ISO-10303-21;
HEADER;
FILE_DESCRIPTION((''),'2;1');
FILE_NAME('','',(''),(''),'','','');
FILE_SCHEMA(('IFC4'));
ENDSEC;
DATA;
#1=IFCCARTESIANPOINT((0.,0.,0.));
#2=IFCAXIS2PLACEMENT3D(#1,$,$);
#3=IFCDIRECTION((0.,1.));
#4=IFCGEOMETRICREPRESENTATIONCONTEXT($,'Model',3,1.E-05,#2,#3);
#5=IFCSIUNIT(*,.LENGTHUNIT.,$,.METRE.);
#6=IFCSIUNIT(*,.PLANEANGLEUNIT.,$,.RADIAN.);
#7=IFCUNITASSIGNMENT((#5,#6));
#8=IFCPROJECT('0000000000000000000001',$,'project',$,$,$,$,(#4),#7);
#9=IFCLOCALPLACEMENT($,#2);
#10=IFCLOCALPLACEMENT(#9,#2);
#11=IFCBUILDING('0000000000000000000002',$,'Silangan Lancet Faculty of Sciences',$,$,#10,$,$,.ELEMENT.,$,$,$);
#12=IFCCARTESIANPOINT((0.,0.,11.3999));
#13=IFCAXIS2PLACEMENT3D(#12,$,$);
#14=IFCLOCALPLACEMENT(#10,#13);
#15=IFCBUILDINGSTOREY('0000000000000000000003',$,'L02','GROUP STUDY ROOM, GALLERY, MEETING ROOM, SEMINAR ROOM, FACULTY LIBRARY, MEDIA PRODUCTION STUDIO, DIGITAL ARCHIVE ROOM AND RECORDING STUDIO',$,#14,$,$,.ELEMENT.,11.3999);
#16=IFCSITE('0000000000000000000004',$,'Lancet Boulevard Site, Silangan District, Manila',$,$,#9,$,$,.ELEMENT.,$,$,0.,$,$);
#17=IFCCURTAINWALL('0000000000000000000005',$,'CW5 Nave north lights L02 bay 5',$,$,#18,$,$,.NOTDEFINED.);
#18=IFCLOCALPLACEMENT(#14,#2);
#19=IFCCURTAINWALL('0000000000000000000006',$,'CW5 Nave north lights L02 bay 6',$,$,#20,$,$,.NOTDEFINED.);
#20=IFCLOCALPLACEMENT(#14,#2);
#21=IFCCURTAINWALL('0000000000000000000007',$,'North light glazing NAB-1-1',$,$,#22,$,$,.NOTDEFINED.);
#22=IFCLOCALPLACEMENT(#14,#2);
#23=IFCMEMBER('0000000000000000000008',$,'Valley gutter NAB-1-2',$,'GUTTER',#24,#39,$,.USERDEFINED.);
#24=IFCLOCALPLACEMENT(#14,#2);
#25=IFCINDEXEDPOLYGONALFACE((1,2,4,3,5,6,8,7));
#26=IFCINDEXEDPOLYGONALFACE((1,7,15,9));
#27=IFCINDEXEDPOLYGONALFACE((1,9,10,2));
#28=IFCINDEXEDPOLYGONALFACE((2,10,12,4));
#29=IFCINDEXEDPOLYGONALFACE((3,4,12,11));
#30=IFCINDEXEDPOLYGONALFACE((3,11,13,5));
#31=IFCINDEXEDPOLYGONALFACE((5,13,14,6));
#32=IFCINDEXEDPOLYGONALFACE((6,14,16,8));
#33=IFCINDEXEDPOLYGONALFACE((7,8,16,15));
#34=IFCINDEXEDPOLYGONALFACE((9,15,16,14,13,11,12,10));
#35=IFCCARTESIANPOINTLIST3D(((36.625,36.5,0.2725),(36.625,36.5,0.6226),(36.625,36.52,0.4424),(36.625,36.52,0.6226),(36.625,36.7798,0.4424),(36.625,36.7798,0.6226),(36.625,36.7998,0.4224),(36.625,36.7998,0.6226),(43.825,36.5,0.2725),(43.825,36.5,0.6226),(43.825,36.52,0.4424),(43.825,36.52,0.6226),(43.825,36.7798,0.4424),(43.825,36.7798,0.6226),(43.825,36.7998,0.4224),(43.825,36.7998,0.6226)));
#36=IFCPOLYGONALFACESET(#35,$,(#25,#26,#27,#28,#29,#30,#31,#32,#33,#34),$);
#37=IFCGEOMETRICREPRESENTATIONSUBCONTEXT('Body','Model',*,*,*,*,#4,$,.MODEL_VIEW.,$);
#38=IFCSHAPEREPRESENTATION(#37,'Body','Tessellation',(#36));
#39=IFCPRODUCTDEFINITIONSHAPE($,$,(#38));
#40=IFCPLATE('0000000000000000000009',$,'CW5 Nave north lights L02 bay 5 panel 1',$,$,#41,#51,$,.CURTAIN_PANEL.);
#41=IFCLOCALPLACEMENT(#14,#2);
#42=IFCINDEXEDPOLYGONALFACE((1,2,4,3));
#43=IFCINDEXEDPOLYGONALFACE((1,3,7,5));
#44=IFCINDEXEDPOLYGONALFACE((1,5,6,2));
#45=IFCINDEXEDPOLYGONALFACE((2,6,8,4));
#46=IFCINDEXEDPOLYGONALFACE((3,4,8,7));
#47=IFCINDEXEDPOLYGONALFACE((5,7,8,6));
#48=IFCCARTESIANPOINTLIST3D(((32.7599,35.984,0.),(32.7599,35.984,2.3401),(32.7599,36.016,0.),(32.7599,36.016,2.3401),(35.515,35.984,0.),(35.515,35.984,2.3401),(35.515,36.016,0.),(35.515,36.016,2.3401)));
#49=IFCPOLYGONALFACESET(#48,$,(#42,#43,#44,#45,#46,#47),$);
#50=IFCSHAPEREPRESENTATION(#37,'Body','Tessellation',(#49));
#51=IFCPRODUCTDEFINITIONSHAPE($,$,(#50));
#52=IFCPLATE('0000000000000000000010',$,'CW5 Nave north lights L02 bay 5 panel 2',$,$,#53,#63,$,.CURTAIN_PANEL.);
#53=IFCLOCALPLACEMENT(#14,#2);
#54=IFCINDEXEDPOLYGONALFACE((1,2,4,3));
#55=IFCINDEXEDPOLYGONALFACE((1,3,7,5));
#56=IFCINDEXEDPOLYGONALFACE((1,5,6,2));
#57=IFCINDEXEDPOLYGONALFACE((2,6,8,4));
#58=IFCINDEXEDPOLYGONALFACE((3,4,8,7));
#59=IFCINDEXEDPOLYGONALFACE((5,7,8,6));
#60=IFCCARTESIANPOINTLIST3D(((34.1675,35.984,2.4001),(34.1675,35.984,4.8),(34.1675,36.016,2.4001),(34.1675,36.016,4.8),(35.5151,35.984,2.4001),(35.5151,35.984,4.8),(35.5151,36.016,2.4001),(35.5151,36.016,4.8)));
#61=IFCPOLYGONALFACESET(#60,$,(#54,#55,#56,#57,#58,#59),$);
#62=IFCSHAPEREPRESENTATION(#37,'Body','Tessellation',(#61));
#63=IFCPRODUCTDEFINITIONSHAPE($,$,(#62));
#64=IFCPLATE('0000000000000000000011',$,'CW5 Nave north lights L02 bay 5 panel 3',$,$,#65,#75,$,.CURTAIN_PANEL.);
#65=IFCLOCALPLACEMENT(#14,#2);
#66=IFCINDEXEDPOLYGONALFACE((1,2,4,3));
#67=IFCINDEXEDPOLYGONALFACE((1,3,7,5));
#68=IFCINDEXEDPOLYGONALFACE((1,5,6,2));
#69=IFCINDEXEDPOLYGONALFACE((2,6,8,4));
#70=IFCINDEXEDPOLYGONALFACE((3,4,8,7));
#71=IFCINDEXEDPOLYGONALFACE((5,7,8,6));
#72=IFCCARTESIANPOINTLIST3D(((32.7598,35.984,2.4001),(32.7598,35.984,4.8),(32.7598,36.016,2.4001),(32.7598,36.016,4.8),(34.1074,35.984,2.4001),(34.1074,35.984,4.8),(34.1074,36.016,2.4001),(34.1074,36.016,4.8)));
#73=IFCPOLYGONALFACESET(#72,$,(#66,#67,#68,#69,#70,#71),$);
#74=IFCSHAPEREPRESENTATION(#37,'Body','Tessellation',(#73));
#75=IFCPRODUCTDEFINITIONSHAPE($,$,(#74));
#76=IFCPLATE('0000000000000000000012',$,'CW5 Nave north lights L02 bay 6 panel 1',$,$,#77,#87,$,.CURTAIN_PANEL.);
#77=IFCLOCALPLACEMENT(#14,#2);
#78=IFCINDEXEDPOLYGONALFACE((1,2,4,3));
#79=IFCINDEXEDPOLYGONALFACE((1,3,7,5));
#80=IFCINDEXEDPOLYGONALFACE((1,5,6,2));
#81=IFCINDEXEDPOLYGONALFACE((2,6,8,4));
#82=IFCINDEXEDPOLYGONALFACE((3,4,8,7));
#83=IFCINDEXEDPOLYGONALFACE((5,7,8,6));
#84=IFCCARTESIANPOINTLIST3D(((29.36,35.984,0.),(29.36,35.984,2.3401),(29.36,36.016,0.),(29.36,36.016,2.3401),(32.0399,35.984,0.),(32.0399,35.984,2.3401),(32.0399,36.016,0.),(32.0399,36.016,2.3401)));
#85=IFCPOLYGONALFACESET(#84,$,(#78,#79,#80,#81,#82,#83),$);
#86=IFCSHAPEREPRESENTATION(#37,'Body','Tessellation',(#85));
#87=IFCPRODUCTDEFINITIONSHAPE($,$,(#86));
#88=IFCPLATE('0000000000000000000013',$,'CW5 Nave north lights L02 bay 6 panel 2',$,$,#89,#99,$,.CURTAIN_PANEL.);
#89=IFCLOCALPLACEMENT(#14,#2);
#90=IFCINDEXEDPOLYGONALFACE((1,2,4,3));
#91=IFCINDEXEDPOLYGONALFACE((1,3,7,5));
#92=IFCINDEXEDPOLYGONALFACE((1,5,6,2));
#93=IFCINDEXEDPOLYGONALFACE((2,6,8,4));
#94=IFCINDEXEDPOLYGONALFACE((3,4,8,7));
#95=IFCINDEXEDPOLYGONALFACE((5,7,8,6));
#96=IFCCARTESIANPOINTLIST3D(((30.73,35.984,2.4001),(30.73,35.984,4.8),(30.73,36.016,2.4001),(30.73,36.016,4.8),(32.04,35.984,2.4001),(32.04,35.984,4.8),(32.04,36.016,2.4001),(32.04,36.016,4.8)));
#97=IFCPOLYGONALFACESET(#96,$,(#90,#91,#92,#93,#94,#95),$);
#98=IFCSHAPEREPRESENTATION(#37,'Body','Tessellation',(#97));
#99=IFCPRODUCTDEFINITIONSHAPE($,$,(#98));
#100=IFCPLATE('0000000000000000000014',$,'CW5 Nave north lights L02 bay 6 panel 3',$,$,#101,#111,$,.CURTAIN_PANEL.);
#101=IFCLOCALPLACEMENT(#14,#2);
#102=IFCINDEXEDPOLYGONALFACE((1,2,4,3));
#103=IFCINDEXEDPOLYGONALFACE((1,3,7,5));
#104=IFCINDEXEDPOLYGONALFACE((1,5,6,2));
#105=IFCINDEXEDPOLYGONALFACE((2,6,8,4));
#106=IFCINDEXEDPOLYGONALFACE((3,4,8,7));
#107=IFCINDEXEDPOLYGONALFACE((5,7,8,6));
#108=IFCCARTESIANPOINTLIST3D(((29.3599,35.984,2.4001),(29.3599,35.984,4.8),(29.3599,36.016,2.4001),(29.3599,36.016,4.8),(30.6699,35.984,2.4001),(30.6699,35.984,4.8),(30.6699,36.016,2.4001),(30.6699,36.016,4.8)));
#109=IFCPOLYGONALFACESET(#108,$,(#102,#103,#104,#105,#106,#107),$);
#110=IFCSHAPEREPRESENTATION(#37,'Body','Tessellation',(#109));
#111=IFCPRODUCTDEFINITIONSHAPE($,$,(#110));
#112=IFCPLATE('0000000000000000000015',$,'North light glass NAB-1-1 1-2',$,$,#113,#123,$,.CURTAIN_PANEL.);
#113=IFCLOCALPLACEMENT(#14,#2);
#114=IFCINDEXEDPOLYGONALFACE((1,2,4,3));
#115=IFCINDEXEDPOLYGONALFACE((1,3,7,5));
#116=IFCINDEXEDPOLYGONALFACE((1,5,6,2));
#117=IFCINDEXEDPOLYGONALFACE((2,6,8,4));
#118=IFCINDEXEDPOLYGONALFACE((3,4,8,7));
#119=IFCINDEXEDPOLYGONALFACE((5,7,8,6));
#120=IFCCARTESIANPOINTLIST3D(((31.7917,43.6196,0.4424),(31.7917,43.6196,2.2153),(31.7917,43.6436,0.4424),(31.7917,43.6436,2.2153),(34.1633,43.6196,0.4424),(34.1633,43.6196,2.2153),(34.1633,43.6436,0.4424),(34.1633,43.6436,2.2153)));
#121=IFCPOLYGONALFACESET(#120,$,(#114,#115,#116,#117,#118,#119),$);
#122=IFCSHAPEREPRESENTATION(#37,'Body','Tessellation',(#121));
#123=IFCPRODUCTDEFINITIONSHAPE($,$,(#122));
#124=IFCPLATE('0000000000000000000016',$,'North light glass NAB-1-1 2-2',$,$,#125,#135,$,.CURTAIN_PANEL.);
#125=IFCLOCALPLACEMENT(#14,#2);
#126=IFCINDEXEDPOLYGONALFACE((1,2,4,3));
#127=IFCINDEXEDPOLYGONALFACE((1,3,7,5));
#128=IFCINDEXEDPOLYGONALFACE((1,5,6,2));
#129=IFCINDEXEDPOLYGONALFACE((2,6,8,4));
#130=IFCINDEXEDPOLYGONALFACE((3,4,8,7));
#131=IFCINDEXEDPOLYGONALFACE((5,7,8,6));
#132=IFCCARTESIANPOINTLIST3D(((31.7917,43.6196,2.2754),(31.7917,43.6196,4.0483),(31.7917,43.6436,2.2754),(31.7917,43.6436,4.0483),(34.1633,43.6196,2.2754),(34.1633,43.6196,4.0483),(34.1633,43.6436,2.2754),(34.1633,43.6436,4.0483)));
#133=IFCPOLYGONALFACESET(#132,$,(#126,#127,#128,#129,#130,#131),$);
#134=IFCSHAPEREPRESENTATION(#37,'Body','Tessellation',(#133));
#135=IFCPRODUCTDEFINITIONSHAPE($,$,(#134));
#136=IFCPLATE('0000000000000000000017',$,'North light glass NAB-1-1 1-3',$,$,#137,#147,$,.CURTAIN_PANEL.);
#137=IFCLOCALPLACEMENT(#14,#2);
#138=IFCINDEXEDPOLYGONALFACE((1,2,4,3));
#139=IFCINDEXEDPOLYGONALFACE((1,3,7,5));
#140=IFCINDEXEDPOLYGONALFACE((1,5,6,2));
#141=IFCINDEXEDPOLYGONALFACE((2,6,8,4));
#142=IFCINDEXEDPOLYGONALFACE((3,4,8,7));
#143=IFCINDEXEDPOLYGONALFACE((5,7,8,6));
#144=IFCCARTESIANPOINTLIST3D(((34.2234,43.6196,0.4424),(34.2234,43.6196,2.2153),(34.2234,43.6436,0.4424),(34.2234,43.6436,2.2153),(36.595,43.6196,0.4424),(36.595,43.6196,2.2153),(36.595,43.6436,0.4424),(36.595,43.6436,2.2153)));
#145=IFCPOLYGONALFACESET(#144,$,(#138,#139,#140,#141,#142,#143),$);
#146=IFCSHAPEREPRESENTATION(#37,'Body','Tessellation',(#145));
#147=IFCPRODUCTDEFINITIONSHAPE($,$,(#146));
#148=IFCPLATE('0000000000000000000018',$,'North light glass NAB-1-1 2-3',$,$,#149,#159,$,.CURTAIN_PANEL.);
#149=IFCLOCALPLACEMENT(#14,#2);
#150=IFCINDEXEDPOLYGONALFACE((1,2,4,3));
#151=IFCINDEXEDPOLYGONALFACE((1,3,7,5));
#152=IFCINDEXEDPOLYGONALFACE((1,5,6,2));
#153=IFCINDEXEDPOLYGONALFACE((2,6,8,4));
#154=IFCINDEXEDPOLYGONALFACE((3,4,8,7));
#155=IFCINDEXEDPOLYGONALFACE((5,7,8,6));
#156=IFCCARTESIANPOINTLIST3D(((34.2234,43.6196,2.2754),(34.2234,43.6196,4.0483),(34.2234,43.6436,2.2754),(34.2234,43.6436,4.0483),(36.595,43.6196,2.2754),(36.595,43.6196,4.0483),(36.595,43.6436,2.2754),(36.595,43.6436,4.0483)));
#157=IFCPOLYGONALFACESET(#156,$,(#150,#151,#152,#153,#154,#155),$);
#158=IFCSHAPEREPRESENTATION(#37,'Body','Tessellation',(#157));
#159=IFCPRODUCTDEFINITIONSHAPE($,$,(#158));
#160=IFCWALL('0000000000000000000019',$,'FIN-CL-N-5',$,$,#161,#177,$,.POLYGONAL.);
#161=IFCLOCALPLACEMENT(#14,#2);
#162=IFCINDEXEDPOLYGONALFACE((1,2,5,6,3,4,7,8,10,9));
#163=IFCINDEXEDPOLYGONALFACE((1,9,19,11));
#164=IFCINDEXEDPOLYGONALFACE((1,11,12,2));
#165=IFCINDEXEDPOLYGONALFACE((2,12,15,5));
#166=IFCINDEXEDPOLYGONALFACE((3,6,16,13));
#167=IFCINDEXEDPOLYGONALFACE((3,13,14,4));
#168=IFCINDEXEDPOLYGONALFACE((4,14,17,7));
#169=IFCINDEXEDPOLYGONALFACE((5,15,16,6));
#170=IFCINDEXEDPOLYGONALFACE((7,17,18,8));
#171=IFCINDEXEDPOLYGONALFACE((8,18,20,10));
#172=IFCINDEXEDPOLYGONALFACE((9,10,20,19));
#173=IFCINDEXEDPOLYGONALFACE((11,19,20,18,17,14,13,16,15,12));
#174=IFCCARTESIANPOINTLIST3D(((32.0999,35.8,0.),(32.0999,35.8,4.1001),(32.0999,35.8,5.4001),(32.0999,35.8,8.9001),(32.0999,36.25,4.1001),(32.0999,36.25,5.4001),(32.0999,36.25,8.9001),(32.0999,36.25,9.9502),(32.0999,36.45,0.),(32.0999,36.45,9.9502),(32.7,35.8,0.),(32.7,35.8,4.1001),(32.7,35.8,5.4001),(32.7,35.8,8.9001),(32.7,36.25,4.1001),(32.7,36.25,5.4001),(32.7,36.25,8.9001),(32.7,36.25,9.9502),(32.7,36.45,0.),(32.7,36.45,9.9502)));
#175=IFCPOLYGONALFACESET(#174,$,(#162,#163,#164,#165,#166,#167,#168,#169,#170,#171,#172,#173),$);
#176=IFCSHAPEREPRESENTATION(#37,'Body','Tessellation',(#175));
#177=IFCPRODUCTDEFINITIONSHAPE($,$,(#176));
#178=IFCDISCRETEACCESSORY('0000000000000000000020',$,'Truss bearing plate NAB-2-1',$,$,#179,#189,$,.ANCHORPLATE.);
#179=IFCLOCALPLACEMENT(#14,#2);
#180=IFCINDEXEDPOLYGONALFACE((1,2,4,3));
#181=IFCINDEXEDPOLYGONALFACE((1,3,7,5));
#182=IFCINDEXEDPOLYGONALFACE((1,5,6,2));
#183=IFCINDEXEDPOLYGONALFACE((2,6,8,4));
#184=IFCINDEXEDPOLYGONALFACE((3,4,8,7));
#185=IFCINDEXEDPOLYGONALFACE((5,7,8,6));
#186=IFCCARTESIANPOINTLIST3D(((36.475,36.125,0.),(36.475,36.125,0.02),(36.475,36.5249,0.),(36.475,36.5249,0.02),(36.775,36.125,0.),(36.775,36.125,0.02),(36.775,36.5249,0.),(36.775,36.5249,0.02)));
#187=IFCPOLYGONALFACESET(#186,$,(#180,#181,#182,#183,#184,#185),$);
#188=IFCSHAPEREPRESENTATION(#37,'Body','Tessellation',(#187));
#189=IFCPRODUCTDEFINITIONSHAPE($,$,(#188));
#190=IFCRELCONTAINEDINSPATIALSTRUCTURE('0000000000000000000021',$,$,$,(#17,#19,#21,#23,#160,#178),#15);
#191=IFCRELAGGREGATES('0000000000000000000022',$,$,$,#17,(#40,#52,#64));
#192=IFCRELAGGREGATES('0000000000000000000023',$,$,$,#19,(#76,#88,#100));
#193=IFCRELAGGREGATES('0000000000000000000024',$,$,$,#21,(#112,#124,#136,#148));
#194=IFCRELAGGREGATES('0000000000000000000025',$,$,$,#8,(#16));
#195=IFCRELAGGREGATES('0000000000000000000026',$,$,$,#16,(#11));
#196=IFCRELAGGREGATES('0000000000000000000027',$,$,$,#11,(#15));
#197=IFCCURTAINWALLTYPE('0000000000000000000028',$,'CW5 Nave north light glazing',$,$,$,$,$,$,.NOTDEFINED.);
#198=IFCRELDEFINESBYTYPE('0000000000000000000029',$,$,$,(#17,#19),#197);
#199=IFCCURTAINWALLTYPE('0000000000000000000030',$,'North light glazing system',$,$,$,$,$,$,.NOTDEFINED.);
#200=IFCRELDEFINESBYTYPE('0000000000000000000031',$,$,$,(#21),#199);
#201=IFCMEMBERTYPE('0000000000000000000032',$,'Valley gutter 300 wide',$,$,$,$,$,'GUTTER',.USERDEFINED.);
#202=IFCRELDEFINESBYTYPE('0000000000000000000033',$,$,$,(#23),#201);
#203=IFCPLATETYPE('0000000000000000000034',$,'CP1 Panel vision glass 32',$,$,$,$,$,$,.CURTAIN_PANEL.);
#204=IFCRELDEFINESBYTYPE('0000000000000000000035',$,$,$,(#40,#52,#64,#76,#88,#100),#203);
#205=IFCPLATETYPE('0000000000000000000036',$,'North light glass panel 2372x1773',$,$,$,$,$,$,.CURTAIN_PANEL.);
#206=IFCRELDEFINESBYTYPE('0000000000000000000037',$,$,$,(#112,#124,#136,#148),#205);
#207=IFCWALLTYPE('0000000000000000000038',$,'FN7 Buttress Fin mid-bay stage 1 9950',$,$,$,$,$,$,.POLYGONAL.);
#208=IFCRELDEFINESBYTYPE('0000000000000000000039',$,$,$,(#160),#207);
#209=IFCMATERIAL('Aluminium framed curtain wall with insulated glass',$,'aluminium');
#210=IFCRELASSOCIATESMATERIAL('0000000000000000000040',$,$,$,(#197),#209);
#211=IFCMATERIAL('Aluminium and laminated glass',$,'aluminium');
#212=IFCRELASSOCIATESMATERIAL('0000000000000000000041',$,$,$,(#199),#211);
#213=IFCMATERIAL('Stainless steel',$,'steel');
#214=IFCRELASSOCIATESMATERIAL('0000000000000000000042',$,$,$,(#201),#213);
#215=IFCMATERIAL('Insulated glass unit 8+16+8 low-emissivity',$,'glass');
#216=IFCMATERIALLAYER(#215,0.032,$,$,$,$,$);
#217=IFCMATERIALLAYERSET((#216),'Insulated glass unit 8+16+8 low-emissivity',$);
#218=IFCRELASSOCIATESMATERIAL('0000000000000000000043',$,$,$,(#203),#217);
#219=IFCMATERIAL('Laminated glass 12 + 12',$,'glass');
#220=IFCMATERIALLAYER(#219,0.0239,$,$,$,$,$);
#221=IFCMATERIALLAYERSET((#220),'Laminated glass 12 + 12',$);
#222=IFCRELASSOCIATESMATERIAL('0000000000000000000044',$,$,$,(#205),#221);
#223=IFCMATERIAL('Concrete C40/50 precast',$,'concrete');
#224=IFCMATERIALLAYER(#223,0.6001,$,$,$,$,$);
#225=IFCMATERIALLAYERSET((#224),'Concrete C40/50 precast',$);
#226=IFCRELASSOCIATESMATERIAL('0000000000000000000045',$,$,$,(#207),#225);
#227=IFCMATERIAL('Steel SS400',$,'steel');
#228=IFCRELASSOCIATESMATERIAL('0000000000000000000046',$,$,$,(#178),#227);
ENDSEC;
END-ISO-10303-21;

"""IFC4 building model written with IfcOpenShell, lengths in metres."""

from ifc_helpers import new_model, si_unit, direction, frame, origin, origin_2d, place, context, subcontext, project, spatial, polyline, rectangle, outline, extrude, material, layer, layer_set, material_profile, profile_set, type_object, element, aggregate, save


model = new_model("IFC4")

# Units and contexts
model_context = context("Model", 3, precision=1e-05, world=origin(), true_north=direction((0.0, 1.0)))
body_context = subcontext(model_context, "Body", "Model", "MODEL_VIEW")
ifc_project = project(units=[si_unit("LENGTHUNIT", "METRE"), si_unit("PLANEANGLEUNIT", "RADIAN")], contexts=[model_context])

# Site, building, storey
site_placement = place(None, origin())
site = spatial("IfcSite", under=ifc_project, at=site_placement, Name="Lancet Boulevard Site, Silangan District, Manila", CompositionType="ELEMENT", RefElevation=0.0)
building_placement = place(site_placement, origin())
building = spatial("IfcBuilding", under=site, at=building_placement, Name="Silangan Lancet Faculty of Sciences", CompositionType="ELEMENT")
storey_placement = place(building_placement, frame((0.0, 0.0, 11.3999)))
storey = spatial("IfcBuildingStorey", under=building, at=storey_placement, Name="L02", Description="GROUP STUDY ROOM, GALLERY, MEETING ROOM, SEMINAR ROOM, FACULTY LIBRARY, MEDIA PRODUCTION STUDIO, DIGITAL ARCHIVE ROOM AND RECORDING STUDIO", CompositionType="ELEMENT", Elevation=11.3999)

# Shared definitions
ifc_material_1 = material(Name="Aluminium framed curtain wall with insulated glass", Category="aluminium")
curtain_wall_type_1 = type_object("IfcCurtainWallType", Name="CW5 Nave north light glazing", PredefinedType="NOTDEFINED", material=ifc_material_1)

# Curtain walls
curtain_wall_1_placement = place(storey_placement, origin())
curtain_wall_1 = element("IfcCurtainWall", 1, at=curtain_wall_1_placement, inside=storey, type_object=curtain_wall_type_1, Name="CW5 Nave north lights L02 bay 5", PredefinedType="NOTDEFINED")
curtain_wall_2_placement = place(storey_placement, origin())
curtain_wall_2 = element("IfcCurtainWall", 2, at=curtain_wall_2_placement, inside=storey, type_object=curtain_wall_type_1, Name="CW5 Nave north lights L02 bay 6", PredefinedType="NOTDEFINED")

# Curtain wall
ifc_material_2 = material(Name="Aluminium and laminated glass", Category="aluminium")
curtain_wall_type_2 = type_object("IfcCurtainWallType", Name="North light glazing system", PredefinedType="NOTDEFINED", material=ifc_material_2)
curtain_wall_3_placement = place(storey_placement, origin())
curtain_wall_3 = element("IfcCurtainWall", 3, at=curtain_wall_3_placement, inside=storey, type_object=curtain_wall_type_2, Name="North light glazing NAB-1-1", PredefinedType="NOTDEFINED")

# Member
ifc_material_3 = material(Name="Stainless steel", Category="steel")
ifc_material_profile_1 = material_profile(ifc_material_3, outline(polyline([(-0.1499, 0.0), (0.1499, 0.1499), (0.1499, 0.3501), (0.1299, 0.3501), (0.1299, 0.1699), (-0.1299, 0.1699), (-0.1299, 0.3501), (-0.1499, 0.3501), (-0.1499, 0.0)])), Name="valley gutter")
ifc_profile_set_1 = profile_set([ifc_material_profile_1], Name="Stainless steel")
member_type_1 = type_object("IfcMemberType", Name="Valley gutter 300 wide", ElementType="GUTTER", PredefinedType="USERDEFINED", material=ifc_profile_set_1)
member_1_placement = place(storey_placement, frame((36.625, 36.6499, 0.2725), z_axis=(1.0, 0.0, 0.0), x_axis=(0.0, 1.0, 0.0)))
element("IfcMember", 4, at=member_1_placement, inside=storey, type_object=member_type_1, Name="Valley gutter NAB-1-2", ObjectType="GUTTER", PredefinedType="USERDEFINED", context=body_context, shape_type="SweptSolid", body=[
    extrude(outline(polyline([(-0.1499, 0.0), (0.1499, 0.1499), (0.1499, 0.3501), (0.1299, 0.3501), (0.1299, 0.1699), (-0.1299, 0.1699), (-0.1299, 0.3501), (-0.1499, 0.3501), (-0.1499, 0.0)])), origin(), (0.0, 0.0, 1.0), 7.2),
])

# Plates
ifc_material_4 = material(Name="Insulated glass unit 8+16+8 low-emissivity", Category="glass")
ifc_layer_1 = layer(ifc_material_4, 0.032)
ifc_layer_set_1 = layer_set([ifc_layer_1], Name="Insulated glass unit 8+16+8 low-emissivity")
plate_type_1 = type_object("IfcPlateType", Name="CP1 Panel vision glass 32", PredefinedType="CURTAIN_PANEL", material=ifc_layer_set_1)
plate_1_placement = place(storey_placement, frame((34.1375, 36.0, 0.0), z_axis=(0.0, 0.0, 1.0), x_axis=(-1.0, 0.0, 0.0)))
plate_1 = element("IfcPlate", 5, at=plate_1_placement, type_object=plate_type_1, Name="CW5 Nave north lights L02 bay 5 panel 1", PredefinedType="CURTAIN_PANEL", context=body_context, shape_type="SweptSolid", body=[
    extrude(rectangle(XDim=2.7551, YDim=0.032, at=origin_2d()), origin(), (0.0, 0.0, 1.0), 2.3401),
])
plate_2_placement = place(storey_placement, frame((34.8413, 36.0, 2.4001), z_axis=(0.0, 0.0, 1.0), x_axis=(-1.0, 0.0, 0.0)))
plate_2 = element("IfcPlate", 6, at=plate_2_placement, type_object=plate_type_1, Name="CW5 Nave north lights L02 bay 5 panel 2", PredefinedType="CURTAIN_PANEL", context=body_context, shape_type="SweptSolid", body=[
    extrude(rectangle(XDim=1.3477, YDim=0.032, at=origin_2d()), origin(), (0.0, 0.0, 1.0), 2.3999),
])
plate_3_placement = place(storey_placement, frame((33.4336, 36.0, 2.4001), z_axis=(0.0, 0.0, 1.0), x_axis=(-1.0, 0.0, 0.0)))
plate_3 = element("IfcPlate", 7, at=plate_3_placement, type_object=plate_type_1, Name="CW5 Nave north lights L02 bay 5 panel 3", PredefinedType="CURTAIN_PANEL", context=body_context, shape_type="SweptSolid", body=[
    extrude(rectangle(XDim=1.3477, YDim=0.032, at=origin_2d()), origin(), (0.0, 0.0, 1.0), 2.3999),
])
aggregate(curtain_wall_1, [plate_1, plate_2, plate_3])
plate_4_placement = place(storey_placement, frame((30.7, 36.0, 0.0), z_axis=(0.0, 0.0, 1.0), x_axis=(-1.0, 0.0, 0.0)))
plate_4 = element("IfcPlate", 8, at=plate_4_placement, type_object=plate_type_1, Name="CW5 Nave north lights L02 bay 6 panel 1", PredefinedType="CURTAIN_PANEL", context=body_context, shape_type="SweptSolid", body=[
    extrude(rectangle(XDim=2.6799, YDim=0.032, at=origin_2d()), origin(), (0.0, 0.0, 1.0), 2.3401),
])
plate_5_placement = place(storey_placement, frame((31.385, 36.0, 2.4001), z_axis=(0.0, 0.0, 1.0), x_axis=(-1.0, 0.0, 0.0)))
plate_5 = element("IfcPlate", 9, at=plate_5_placement, type_object=plate_type_1, Name="CW5 Nave north lights L02 bay 6 panel 2", PredefinedType="CURTAIN_PANEL", context=body_context, shape_type="SweptSolid", body=[
    extrude(rectangle(XDim=1.3101, YDim=0.032, at=origin_2d()), origin(), (0.0, 0.0, 1.0), 2.3999),
])
plate_6_placement = place(storey_placement, frame((30.0149, 36.0, 2.4001), z_axis=(0.0, 0.0, 1.0), x_axis=(-1.0, 0.0, 0.0)))
plate_6 = element("IfcPlate", 10, at=plate_6_placement, type_object=plate_type_1, Name="CW5 Nave north lights L02 bay 6 panel 3", PredefinedType="CURTAIN_PANEL", context=body_context, shape_type="SweptSolid", body=[
    extrude(rectangle(XDim=1.3101, YDim=0.032, at=origin_2d()), origin(), (0.0, 0.0, 1.0), 2.3999),
])
aggregate(curtain_wall_2, [plate_4, plate_5, plate_6])
ifc_material_5 = material(Name="Laminated glass 12 + 12", Category="glass")
ifc_layer_2 = layer(ifc_material_5, 0.0239)
ifc_layer_set_2 = layer_set([ifc_layer_2], Name="Laminated glass 12 + 12")
plate_type_2 = type_object("IfcPlateType", Name="North light glass panel 2372x1773", PredefinedType="CURTAIN_PANEL", material=ifc_layer_set_2)
plate_7_placement = place(storey_placement, frame((31.7917, 43.6196, 0.4424), z_axis=(0.0, -1.0, 0.0), x_axis=(1.0, 0.0, 0.0)))
plate_7 = element("IfcPlate", 11, at=plate_7_placement, type_object=plate_type_2, Name="North light glass NAB-1-1 1-2", PredefinedType="CURTAIN_PANEL", context=body_context, shape_type="SweptSolid", body=[
    extrude(outline(polyline([(0.0, 0.0), (2.3716, 0.0), (2.3716, 1.7729), (0.0, 1.7729), (0.0, 0.0)])), origin(), (0.0, 0.0, -1.0), 0.0239),
])
plate_8_placement = place(storey_placement, frame((31.7917, 43.6196, 2.2754), z_axis=(0.0, -1.0, 0.0), x_axis=(1.0, 0.0, 0.0)))
plate_8 = element("IfcPlate", 12, at=plate_8_placement, type_object=plate_type_2, Name="North light glass NAB-1-1 2-2", PredefinedType="CURTAIN_PANEL", context=body_context, shape_type="SweptSolid", body=[
    extrude(outline(polyline([(0.0, 0.0), (2.3716, 0.0), (2.3716, 1.7729), (0.0, 1.7729), (0.0, 0.0)])), origin(), (0.0, 0.0, -1.0), 0.0239),
])
plate_9_placement = place(storey_placement, frame((34.2234, 43.6196, 0.4424), z_axis=(0.0, -1.0, 0.0), x_axis=(1.0, 0.0, 0.0)))
plate_9 = element("IfcPlate", 13, at=plate_9_placement, type_object=plate_type_2, Name="North light glass NAB-1-1 1-3", PredefinedType="CURTAIN_PANEL", context=body_context, shape_type="SweptSolid", body=[
    extrude(outline(polyline([(0.0, 0.0), (2.3716, 0.0), (2.3716, 1.7729), (0.0, 1.7729), (0.0, 0.0)])), origin(), (0.0, 0.0, -1.0), 0.0239),
])
plate_10_placement = place(storey_placement, frame((34.2234, 43.6196, 2.2754), z_axis=(0.0, -1.0, 0.0), x_axis=(1.0, 0.0, 0.0)))
plate_10 = element("IfcPlate", 14, at=plate_10_placement, type_object=plate_type_2, Name="North light glass NAB-1-1 2-3", PredefinedType="CURTAIN_PANEL", context=body_context, shape_type="SweptSolid", body=[
    extrude(outline(polyline([(0.0, 0.0), (2.3716, 0.0), (2.3716, 1.7729), (0.0, 1.7729), (0.0, 0.0)])), origin(), (0.0, 0.0, -1.0), 0.0239),
])
aggregate(curtain_wall_3, [plate_7, plate_8, plate_9, plate_10])

# Wall
ifc_material_6 = material(Name="Concrete C40/50 precast", Category="concrete")
ifc_layer_3 = layer(ifc_material_6, 0.6001)
ifc_layer_set_3 = layer_set([ifc_layer_3], Name="Concrete C40/50 precast")
wall_type = type_object("IfcWallType", Name="FN7 Buttress Fin mid-bay stage 1 9950", PredefinedType="POLYGONAL", material=ifc_layer_set_3)
wall_placement = place(storey_placement, frame((32.3999, 35.8, 0.0), z_axis=(0.0, 0.0, 1.0), x_axis=(0.0, 1.0, 0.0)))
element("IfcWall", 15, at=wall_placement, inside=storey, type_object=wall_type, Name="FIN-CL-N-5", PredefinedType="POLYGONAL", context=body_context, shape_type="SweptSolid", body=[
    extrude(outline(polyline([(0.6499, 0.0), (0.6499, 9.9502), (0.45, 9.9502), (0.45, 8.9001), (0.0, 8.9001), (0.0, 5.4001), (0.45, 5.4001), (0.45, 4.1001), (0.0, 4.1001), (0.0, 0.0), (0.6499, 0.0)])), frame((0.0, 0.3, 0.0), z_axis=(0.0, -1.0, 0.0), x_axis=(1.0, 0.0, 0.0)), (0.0, 0.0, 1.0), 0.6001),
])

# Discrete accessory
ifc_material_7 = material(Name="Steel SS400", Category="steel")
discrete_accessory_placement = place(storey_placement, frame((36.625, 36.325, 0.0), z_axis=(0.0, 0.0, 1.0), x_axis=(1.0, 0.0, 0.0)))
element("IfcDiscreteAccessory", 16, at=discrete_accessory_placement, inside=storey, material=ifc_material_7, Name="Truss bearing plate NAB-2-1", PredefinedType="ANCHORPLATE", context=body_context, shape_type="SweptSolid", body=[
    extrude(rectangle(XDim=0.3, YDim=0.3999, at=origin_2d()), origin(), (0.0, 0.0, 1.0), 0.02),
])

save(model, "model.ifc")
